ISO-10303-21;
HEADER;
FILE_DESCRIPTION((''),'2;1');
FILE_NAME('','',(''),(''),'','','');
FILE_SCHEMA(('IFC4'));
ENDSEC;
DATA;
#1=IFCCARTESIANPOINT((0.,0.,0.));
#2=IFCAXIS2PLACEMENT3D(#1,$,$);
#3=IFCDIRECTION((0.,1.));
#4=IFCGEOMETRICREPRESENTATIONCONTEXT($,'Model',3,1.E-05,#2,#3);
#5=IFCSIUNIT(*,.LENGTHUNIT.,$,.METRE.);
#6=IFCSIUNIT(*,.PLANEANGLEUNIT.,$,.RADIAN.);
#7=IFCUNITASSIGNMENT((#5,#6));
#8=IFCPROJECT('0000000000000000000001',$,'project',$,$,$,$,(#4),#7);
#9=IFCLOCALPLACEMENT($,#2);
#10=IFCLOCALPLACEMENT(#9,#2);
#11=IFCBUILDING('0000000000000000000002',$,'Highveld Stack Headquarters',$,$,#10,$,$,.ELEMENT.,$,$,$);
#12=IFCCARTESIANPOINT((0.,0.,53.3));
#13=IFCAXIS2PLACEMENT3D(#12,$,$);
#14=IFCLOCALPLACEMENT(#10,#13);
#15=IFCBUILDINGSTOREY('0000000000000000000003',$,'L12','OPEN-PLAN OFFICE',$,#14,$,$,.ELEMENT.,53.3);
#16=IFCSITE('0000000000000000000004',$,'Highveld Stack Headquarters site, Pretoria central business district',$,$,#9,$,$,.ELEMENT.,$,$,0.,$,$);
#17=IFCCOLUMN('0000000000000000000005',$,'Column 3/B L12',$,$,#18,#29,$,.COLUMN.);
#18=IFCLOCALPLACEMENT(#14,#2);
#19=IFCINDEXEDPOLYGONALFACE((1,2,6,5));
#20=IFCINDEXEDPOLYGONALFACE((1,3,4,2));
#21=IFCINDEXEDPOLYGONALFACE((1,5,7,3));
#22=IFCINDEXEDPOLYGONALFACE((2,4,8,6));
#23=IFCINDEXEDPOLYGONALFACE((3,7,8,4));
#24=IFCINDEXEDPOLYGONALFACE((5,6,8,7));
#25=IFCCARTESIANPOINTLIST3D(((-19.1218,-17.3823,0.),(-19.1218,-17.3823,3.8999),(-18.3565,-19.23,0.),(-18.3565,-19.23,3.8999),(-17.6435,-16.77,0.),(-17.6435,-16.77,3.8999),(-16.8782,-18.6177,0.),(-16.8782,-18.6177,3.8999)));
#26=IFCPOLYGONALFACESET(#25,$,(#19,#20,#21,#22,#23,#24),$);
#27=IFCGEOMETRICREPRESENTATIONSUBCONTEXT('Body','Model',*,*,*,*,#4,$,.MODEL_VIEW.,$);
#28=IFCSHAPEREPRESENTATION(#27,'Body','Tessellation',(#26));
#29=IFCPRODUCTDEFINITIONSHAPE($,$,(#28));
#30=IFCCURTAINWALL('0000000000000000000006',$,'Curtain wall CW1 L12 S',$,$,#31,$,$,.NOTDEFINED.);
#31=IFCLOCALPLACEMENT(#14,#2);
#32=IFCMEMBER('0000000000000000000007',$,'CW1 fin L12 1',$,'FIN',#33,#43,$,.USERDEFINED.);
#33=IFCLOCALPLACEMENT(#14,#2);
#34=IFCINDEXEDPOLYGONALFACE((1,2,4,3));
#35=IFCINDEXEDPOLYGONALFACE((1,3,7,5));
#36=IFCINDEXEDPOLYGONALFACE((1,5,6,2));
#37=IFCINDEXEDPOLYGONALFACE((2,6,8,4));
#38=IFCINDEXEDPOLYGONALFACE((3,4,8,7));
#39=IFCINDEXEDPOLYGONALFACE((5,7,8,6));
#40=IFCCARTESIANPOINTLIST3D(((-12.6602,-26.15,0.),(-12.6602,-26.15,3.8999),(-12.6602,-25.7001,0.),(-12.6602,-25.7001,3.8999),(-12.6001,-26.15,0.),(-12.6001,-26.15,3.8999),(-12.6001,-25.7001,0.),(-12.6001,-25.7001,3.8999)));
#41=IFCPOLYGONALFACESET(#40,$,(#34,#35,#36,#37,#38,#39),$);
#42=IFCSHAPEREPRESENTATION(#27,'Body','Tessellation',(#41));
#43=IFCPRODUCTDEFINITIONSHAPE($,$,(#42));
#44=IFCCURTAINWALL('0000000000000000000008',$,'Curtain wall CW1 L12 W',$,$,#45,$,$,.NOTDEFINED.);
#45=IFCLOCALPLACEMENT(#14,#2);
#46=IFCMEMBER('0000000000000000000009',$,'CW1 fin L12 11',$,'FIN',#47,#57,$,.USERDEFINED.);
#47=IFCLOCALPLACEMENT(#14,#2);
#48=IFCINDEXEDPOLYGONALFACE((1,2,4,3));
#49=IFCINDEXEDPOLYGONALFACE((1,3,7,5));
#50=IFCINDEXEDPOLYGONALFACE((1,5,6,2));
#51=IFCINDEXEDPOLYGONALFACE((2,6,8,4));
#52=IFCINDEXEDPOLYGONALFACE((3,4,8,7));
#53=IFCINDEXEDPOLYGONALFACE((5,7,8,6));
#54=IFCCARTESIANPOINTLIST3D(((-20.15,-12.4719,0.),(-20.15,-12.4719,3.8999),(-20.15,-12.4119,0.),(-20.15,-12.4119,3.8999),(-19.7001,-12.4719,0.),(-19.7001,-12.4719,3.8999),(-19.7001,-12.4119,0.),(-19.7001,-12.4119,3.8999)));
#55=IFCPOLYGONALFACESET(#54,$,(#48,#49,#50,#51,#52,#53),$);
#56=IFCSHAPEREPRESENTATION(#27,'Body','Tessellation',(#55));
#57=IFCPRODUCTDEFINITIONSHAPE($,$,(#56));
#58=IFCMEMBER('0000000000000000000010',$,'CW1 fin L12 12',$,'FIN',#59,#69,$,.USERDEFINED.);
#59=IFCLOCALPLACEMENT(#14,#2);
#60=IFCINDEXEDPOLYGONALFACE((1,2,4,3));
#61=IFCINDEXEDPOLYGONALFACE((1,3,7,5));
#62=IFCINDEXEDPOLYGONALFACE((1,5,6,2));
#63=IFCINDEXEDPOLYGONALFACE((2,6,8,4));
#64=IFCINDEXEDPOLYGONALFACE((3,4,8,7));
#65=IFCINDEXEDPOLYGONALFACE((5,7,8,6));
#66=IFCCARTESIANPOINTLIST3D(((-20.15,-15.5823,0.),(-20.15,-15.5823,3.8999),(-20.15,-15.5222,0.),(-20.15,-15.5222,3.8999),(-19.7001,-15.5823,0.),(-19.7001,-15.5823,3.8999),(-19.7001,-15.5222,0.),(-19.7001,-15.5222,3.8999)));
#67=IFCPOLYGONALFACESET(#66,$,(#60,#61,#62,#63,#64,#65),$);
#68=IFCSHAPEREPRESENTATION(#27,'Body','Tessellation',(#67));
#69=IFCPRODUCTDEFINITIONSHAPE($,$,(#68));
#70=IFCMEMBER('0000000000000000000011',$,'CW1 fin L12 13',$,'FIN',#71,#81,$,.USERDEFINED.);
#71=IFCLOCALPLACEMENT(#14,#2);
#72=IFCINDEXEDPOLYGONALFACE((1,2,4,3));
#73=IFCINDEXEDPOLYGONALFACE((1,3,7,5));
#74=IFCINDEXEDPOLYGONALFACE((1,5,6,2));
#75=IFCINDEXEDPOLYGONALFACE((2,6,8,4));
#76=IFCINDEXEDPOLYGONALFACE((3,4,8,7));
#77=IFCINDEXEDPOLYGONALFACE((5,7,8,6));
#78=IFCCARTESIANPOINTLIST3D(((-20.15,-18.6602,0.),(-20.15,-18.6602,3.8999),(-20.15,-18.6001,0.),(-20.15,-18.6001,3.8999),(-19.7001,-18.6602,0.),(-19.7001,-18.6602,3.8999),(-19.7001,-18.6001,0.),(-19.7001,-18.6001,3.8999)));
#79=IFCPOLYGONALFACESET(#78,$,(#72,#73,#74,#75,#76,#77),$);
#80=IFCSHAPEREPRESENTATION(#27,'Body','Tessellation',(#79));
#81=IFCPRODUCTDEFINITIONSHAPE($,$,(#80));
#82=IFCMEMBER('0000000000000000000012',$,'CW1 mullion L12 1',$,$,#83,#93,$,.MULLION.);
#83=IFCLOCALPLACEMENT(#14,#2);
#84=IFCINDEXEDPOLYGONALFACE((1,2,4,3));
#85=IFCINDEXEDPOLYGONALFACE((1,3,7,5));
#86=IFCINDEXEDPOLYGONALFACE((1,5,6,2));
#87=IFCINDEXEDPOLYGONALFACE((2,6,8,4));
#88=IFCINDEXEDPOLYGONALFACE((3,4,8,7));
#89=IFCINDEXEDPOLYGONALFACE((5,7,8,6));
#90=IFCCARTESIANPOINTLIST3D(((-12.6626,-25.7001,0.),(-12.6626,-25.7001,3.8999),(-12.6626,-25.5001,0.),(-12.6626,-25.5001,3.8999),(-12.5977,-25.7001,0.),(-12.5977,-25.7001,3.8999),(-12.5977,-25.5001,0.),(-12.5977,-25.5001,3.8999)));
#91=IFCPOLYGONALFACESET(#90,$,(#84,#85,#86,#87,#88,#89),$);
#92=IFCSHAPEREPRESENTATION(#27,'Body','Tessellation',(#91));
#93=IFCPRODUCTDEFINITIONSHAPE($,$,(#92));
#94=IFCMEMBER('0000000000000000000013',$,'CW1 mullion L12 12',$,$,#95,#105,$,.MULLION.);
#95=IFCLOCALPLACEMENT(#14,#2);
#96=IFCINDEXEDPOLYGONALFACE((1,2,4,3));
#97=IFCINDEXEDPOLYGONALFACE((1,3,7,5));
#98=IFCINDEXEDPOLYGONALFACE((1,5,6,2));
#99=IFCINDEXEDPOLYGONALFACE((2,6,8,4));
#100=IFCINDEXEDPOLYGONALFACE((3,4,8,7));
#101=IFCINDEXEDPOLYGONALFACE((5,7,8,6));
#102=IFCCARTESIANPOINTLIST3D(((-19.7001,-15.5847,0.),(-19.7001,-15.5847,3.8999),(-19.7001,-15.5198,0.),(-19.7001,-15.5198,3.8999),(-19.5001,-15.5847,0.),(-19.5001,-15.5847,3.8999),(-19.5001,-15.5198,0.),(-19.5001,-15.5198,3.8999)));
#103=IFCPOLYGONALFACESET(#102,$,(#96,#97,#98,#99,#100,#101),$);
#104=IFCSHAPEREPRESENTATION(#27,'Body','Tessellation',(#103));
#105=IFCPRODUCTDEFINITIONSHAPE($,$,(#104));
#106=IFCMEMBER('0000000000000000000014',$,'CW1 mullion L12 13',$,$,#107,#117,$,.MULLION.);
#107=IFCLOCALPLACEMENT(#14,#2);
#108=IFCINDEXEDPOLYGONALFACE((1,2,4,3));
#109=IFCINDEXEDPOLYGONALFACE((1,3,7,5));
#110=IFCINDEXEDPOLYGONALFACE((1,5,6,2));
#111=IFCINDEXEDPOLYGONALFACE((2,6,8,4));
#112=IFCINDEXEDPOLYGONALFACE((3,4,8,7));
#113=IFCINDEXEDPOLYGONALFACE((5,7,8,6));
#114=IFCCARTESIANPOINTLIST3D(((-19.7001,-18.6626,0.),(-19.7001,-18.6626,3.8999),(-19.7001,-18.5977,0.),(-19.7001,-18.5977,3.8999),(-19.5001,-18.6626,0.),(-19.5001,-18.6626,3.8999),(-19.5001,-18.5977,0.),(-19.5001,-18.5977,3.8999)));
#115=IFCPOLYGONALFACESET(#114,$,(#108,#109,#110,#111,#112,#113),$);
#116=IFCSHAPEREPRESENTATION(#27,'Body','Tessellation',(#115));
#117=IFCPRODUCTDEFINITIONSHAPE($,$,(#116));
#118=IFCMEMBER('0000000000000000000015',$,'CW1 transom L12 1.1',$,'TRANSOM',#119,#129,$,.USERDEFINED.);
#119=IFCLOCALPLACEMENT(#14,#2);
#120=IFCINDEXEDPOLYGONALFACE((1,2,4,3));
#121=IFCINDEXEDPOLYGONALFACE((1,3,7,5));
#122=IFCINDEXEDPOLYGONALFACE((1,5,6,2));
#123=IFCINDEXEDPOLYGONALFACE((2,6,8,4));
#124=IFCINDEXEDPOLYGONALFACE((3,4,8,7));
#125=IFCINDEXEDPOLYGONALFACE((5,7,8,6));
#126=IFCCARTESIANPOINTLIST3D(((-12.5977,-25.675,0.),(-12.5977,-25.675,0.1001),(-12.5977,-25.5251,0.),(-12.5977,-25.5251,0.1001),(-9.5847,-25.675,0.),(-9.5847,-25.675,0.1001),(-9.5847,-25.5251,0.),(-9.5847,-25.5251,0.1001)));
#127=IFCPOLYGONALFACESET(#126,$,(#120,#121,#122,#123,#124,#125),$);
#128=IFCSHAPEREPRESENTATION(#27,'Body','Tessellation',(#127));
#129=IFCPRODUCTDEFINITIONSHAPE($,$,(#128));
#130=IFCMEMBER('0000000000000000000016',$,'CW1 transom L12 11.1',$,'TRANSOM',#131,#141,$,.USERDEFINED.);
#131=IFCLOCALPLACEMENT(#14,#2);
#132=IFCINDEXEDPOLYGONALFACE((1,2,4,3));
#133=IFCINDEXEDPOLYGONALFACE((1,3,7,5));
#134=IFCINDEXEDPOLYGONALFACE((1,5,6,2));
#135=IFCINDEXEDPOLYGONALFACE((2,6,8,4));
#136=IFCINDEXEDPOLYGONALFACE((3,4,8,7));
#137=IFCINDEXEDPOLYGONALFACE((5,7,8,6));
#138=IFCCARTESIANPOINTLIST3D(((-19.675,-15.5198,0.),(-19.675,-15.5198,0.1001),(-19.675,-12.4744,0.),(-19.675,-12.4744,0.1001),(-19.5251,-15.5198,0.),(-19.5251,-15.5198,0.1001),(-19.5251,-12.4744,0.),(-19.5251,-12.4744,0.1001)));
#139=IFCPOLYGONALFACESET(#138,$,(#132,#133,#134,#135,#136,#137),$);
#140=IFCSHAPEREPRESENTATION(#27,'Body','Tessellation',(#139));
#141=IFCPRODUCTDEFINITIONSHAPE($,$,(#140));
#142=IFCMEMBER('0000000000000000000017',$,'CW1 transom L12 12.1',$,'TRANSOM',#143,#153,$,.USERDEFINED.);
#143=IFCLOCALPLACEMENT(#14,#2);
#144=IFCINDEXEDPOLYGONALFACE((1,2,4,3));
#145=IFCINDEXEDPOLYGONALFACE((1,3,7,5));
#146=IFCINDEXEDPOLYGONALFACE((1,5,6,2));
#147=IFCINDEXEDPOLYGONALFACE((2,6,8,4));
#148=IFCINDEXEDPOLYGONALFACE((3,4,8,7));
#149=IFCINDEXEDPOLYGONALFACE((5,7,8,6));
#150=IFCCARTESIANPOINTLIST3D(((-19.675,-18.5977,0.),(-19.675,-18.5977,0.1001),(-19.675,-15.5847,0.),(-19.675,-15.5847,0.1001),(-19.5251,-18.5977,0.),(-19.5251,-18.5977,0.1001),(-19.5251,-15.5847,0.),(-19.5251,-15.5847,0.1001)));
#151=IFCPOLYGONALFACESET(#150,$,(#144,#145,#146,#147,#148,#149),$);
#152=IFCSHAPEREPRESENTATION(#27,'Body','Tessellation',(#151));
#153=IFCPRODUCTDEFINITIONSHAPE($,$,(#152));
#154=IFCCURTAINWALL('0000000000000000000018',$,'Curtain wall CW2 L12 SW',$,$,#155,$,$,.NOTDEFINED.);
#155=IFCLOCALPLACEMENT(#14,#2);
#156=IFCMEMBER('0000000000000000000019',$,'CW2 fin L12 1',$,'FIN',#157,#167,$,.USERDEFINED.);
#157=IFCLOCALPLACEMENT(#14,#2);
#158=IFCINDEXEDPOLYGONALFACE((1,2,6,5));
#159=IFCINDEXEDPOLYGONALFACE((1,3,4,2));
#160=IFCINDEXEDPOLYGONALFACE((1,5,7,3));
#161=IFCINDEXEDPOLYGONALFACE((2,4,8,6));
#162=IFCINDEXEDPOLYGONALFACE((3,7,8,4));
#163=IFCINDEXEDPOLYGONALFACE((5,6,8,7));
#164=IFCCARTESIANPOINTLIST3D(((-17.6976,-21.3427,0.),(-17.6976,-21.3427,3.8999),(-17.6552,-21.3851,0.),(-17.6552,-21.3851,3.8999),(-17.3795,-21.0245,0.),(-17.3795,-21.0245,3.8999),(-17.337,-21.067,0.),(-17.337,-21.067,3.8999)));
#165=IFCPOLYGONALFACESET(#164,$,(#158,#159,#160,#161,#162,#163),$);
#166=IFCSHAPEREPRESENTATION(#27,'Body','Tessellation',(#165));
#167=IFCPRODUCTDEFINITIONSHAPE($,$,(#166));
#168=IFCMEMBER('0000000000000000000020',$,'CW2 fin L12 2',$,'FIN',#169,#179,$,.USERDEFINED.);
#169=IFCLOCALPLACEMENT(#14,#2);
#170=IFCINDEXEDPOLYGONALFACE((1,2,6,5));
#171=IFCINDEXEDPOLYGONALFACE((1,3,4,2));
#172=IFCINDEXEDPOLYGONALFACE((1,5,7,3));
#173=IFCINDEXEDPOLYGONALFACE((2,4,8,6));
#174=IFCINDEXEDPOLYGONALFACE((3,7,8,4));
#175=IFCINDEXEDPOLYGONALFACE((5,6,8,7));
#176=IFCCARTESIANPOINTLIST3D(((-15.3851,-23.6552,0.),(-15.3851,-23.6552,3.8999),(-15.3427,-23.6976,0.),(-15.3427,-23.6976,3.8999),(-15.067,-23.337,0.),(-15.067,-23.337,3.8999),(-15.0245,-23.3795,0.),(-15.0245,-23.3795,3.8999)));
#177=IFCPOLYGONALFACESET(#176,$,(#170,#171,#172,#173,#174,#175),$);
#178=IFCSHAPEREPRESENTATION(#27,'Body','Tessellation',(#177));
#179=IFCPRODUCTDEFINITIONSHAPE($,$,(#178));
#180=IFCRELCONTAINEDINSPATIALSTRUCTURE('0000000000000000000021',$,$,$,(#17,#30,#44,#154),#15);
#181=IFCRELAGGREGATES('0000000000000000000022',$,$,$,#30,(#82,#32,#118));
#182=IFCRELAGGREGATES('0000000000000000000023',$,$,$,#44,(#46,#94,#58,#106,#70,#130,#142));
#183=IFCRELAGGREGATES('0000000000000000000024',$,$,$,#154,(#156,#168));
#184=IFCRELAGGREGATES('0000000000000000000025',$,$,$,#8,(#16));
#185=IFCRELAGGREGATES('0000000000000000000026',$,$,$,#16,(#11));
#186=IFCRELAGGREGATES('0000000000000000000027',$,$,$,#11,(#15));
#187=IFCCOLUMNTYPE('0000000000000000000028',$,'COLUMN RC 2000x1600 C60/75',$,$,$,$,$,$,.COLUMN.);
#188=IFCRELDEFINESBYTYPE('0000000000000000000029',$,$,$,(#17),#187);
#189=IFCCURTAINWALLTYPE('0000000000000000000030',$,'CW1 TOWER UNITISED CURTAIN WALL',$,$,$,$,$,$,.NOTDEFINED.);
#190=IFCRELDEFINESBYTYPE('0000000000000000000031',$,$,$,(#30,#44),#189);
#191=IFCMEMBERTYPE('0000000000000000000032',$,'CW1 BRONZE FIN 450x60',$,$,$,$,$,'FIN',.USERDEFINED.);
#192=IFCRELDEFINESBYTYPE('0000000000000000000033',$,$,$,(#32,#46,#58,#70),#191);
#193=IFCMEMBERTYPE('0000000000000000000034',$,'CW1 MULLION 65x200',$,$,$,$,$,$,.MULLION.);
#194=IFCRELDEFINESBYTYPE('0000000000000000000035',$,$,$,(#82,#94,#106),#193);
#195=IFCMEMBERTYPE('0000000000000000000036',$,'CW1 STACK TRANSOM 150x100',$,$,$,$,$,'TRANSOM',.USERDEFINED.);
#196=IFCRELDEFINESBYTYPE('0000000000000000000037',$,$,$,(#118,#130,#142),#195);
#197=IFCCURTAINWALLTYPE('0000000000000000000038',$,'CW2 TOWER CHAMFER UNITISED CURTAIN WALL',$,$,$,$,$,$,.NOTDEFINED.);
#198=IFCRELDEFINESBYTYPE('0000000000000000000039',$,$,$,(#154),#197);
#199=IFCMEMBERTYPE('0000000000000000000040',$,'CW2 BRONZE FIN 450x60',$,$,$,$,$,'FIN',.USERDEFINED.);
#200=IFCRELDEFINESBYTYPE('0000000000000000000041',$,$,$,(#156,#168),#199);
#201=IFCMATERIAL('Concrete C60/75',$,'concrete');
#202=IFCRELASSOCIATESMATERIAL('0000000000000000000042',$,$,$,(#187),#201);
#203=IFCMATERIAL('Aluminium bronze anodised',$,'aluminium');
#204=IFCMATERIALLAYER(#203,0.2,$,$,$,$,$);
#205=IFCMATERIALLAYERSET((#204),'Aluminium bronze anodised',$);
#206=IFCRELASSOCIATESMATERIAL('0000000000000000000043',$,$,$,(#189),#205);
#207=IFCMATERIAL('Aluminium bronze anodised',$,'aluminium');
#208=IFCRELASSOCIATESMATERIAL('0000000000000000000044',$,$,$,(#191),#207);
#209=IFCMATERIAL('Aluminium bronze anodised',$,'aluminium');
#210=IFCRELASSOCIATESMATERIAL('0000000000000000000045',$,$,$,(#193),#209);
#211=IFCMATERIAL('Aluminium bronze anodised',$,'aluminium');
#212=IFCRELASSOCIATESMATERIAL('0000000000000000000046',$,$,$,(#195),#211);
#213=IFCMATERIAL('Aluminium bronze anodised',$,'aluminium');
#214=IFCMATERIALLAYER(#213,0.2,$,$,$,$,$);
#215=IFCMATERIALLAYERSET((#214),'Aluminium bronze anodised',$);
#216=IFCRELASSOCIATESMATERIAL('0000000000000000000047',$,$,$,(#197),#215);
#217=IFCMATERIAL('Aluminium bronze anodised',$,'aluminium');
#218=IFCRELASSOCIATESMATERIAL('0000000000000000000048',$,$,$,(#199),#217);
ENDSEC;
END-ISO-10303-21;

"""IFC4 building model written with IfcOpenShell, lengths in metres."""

from ifc_helpers import new_model, si_unit, direction, frame, origin, origin_2d, place, context, subcontext, project, spatial, rectangle, extrude, material, layer, layer_set, material_profile, profile_set, type_object, element, aggregate, save


model = new_model("IFC4")

# Units and contexts
model_context = context("Model", 3, precision=1e-05, world=origin(), true_north=direction((0.0, 1.0)))
body_context = subcontext(model_context, "Body", "Model", "MODEL_VIEW")
ifc_project = project(units=[si_unit("LENGTHUNIT", "METRE"), si_unit("PLANEANGLEUNIT", "RADIAN")], contexts=[model_context])

# Site, building, storey
site_placement = place(None, origin())
site = spatial("IfcSite", under=ifc_project, at=site_placement, Name="Highveld Stack Headquarters site, Pretoria central business district", CompositionType="ELEMENT", RefElevation=0.0)
building_placement = place(site_placement, origin())
building = spatial("IfcBuilding", under=site, at=building_placement, Name="Highveld Stack Headquarters", CompositionType="ELEMENT")
storey_placement = place(building_placement, frame((0.0, 0.0, 53.3)))
storey = spatial("IfcBuildingStorey", under=building, at=storey_placement, Name="L12", Description="OPEN-PLAN OFFICE", CompositionType="ELEMENT", Elevation=53.3)

# Column
ifc_material_1 = material(Name="Concrete C60/75", Category="concrete")
ifc_material_profile_1 = material_profile(ifc_material_1, rectangle(XDim=2.0, YDim=1.6001, at=origin_2d()), Name="RC 2000x1600")
ifc_profile_set_1 = profile_set([ifc_material_profile_1], Name="Concrete C60/75")
column_type = type_object("IfcColumnType", Name="COLUMN RC 2000x1600 C60/75", PredefinedType="COLUMN", material=ifc_profile_set_1)
column_placement = place(storey_placement, frame((-18.0, -18.0, 0.0), z_axis=(0.0, 0.0, 1.0), x_axis=(-0.382683, 0.92388, 0.0)))
element("IfcColumn", 1, at=column_placement, inside=storey, type_object=column_type, Name="Column 3/B L12", PredefinedType="COLUMN", context=body_context, shape_type="SweptSolid", body=[
    extrude(rectangle(XDim=2.0, YDim=1.6001, at=origin_2d()), origin(), (0.0, 0.0, 1.0), 3.8999),
])

# Curtain wall, member
ifc_material_2 = material(Name="Aluminium bronze anodised", Category="aluminium")
ifc_layer_1 = layer(ifc_material_2, 0.2)
ifc_layer_set_1 = layer_set([ifc_layer_1], Name="Aluminium bronze anodised")
curtain_wall_type_1 = type_object("IfcCurtainWallType", Name="CW1 TOWER UNITISED CURTAIN WALL", PredefinedType="NOTDEFINED", material=ifc_layer_set_1)
curtain_wall_1_placement = place(storey_placement, origin())
curtain_wall_1 = element("IfcCurtainWall", 2, at=curtain_wall_1_placement, inside=storey, type_object=curtain_wall_type_1, Name="Curtain wall CW1 L12 S", PredefinedType="NOTDEFINED")
ifc_material_3 = material(Name="Aluminium bronze anodised", Category="aluminium")
ifc_material_profile_2 = material_profile(ifc_material_3, rectangle(XDim=0.45, YDim=0.0601, at=origin_2d()), Name="FIN 450x60")
ifc_profile_set_2 = profile_set([ifc_material_profile_2], Name="Aluminium bronze anodised")
member_type_1 = type_object("IfcMemberType", Name="CW1 BRONZE FIN 450x60", ElementType="FIN", PredefinedType="USERDEFINED", material=ifc_profile_set_2)
member_1_placement = place(storey_placement, frame((-12.6301, -25.925, 0.0), z_axis=(0.0, 0.0, 1.0), x_axis=(0.0, 1.0, 0.0)))
member_1 = element("IfcMember", 3, at=member_1_placement, type_object=member_type_1, Name="CW1 fin L12 1", ObjectType="FIN", PredefinedType="USERDEFINED", context=body_context, shape_type="SweptSolid", body=[
    extrude(rectangle(XDim=0.45, YDim=0.0601, at=origin_2d()), origin(), (0.0, 0.0, 1.0), 3.8999),
])

# Curtain wall, members
curtain_wall_2_placement = place(storey_placement, origin())
curtain_wall_2 = element("IfcCurtainWall", 4, at=curtain_wall_2_placement, inside=storey, type_object=curtain_wall_type_1, Name="Curtain wall CW1 L12 W", PredefinedType="NOTDEFINED")
member_2_placement = place(storey_placement, frame((-19.925, -12.4419, 0.0), z_axis=(0.0, 0.0, 1.0), x_axis=(1.0, 0.0, 0.0)))
member_2 = element("IfcMember", 5, at=member_2_placement, type_object=member_type_1, Name="CW1 fin L12 11", ObjectType="FIN", PredefinedType="USERDEFINED", context=body_context, shape_type="SweptSolid", body=[
    extrude(rectangle(XDim=0.45, YDim=0.0601, at=origin_2d()), origin(), (0.0, 0.0, 1.0), 3.8999),
])
member_3_placement = place(storey_placement, frame((-19.925, -15.5522, 0.0), z_axis=(0.0, 0.0, 1.0), x_axis=(1.0, 0.0, 0.0)))
member_3 = element("IfcMember", 6, at=member_3_placement, type_object=member_type_1, Name="CW1 fin L12 12", ObjectType="FIN", PredefinedType="USERDEFINED", context=body_context, shape_type="SweptSolid", body=[
    extrude(rectangle(XDim=0.45, YDim=0.0601, at=origin_2d()), origin(), (0.0, 0.0, 1.0), 3.8999),
])
member_4_placement = place(storey_placement, frame((-19.925, -18.6301, 0.0), z_axis=(0.0, 0.0, 1.0), x_axis=(1.0, 0.0, 0.0)))
member_4 = element("IfcMember", 7, at=member_4_placement, type_object=member_type_1, Name="CW1 fin L12 13", ObjectType="FIN", PredefinedType="USERDEFINED", context=body_context, shape_type="SweptSolid", body=[
    extrude(rectangle(XDim=0.45, YDim=0.0601, at=origin_2d()), origin(), (0.0, 0.0, 1.0), 3.8999),
])

# Members
ifc_material_4 = material(Name="Aluminium bronze anodised", Category="aluminium")
ifc_material_profile_3 = material_profile(ifc_material_4, rectangle(XDim=0.2, YDim=0.0649, at=origin_2d()), Name="CW1 MULLION 65x200")
ifc_profile_set_3 = profile_set([ifc_material_profile_3], Name="Aluminium bronze anodised")
member_type_2 = type_object("IfcMemberType", Name="CW1 MULLION 65x200", PredefinedType="MULLION", material=ifc_profile_set_3)
member_5_placement = place(storey_placement, frame((-12.6301, -25.6001, 0.0), z_axis=(0.0, 0.0, 1.0), x_axis=(0.0, 1.0, 0.0)))
member_5 = element("IfcMember", 8, at=member_5_placement, type_object=member_type_2, Name="CW1 mullion L12 1", PredefinedType="MULLION", context=body_context, shape_type="SweptSolid", body=[
    extrude(rectangle(XDim=0.2, YDim=0.0649, at=origin_2d()), origin(), (0.0, 0.0, 1.0), 3.8999),
])
member_6_placement = place(storey_placement, frame((-19.6001, -15.5522, 0.0), z_axis=(0.0, 0.0, 1.0), x_axis=(1.0, 0.0, 0.0)))
member_6 = element("IfcMember", 9, at=member_6_placement, type_object=member_type_2, Name="CW1 mullion L12 12", PredefinedType="MULLION", context=body_context, shape_type="SweptSolid", body=[
    extrude(rectangle(XDim=0.2, YDim=0.0649, at=origin_2d()), origin(), (0.0, 0.0, 1.0), 3.8999),
])
member_7_placement = place(storey_placement, frame((-19.6001, -18.6301, 0.0), z_axis=(0.0, 0.0, 1.0), x_axis=(1.0, 0.0, 0.0)))
member_7 = element("IfcMember", 10, at=member_7_placement, type_object=member_type_2, Name="CW1 mullion L12 13", PredefinedType="MULLION", context=body_context, shape_type="SweptSolid", body=[
    extrude(rectangle(XDim=0.2, YDim=0.0649, at=origin_2d()), origin(), (0.0, 0.0, 1.0), 3.8999),
])
ifc_material_5 = material(Name="Aluminium bronze anodised", Category="aluminium")
ifc_material_profile_4 = material_profile(ifc_material_5, rectangle(XDim=0.1499, YDim=0.1001, at=origin_2d()), Name="CW1 TRANSOM 150x100")
ifc_profile_set_4 = profile_set([ifc_material_profile_4], Name="Aluminium bronze anodised")
member_type_3 = type_object("IfcMemberType", Name="CW1 STACK TRANSOM 150x100", ElementType="TRANSOM", PredefinedType="USERDEFINED", material=ifc_profile_set_4)
member_8_placement = place(storey_placement, frame((-12.5977, -25.6001, 0.05), z_axis=(1.0, 0.0, 0.0), x_axis=(0.0, 1.0, 0.0)))
member_8 = element("IfcMember", 11, at=member_8_placement, type_object=member_type_3, Name="CW1 transom L12 1.1", ObjectType="TRANSOM", PredefinedType="USERDEFINED", context=body_context, shape_type="SweptSolid", body=[
    extrude(rectangle(XDim=0.1499, YDim=0.1001, at=origin_2d()), origin(), (0.0, 0.0, 1.0), 3.0129),
])
aggregate(curtain_wall_1, [member_5, member_1, member_8])
member_9_placement = place(storey_placement, frame((-19.6001, -12.4744, 0.05), z_axis=(0.0, -1.0, 0.0), x_axis=(1.0, 0.0, 0.0)))
member_9 = element("IfcMember", 12, at=member_9_placement, type_object=member_type_3, Name="CW1 transom L12 11.1", ObjectType="TRANSOM", PredefinedType="USERDEFINED", context=body_context, shape_type="SweptSolid", body=[
    extrude(rectangle(XDim=0.1499, YDim=0.1001, at=origin_2d()), origin(), (0.0, 0.0, 1.0), 3.0454),
])
member_10_placement = place(storey_placement, frame((-19.6001, -15.5847, 0.05), z_axis=(0.0, -1.0, 0.0), x_axis=(1.0, 0.0, 0.0)))
member_10 = element("IfcMember", 13, at=member_10_placement, type_object=member_type_3, Name="CW1 transom L12 12.1", ObjectType="TRANSOM", PredefinedType="USERDEFINED", context=body_context, shape_type="SweptSolid", body=[
    extrude(rectangle(XDim=0.1499, YDim=0.1001, at=origin_2d()), origin(), (0.0, 0.0, 1.0), 3.0129),
])

# Curtain wall, members
ifc_material_6 = material(Name="Aluminium bronze anodised", Category="aluminium")
ifc_layer_2 = layer(ifc_material_6, 0.2)
ifc_layer_set_2 = layer_set([ifc_layer_2], Name="Aluminium bronze anodised")
curtain_wall_type_2 = type_object("IfcCurtainWallType", Name="CW2 TOWER CHAMFER UNITISED CURTAIN WALL", PredefinedType="NOTDEFINED", material=ifc_layer_set_2)
curtain_wall_3_placement = place(storey_placement, origin())
curtain_wall_3 = element("IfcCurtainWall", 14, at=curtain_wall_3_placement, inside=storey, type_object=curtain_wall_type_2, Name="Curtain wall CW2 L12 SW", PredefinedType="NOTDEFINED")
ifc_material_7 = material(Name="Aluminium bronze anodised", Category="aluminium")
ifc_material_profile_5 = material_profile(ifc_material_7, rectangle(XDim=0.45, YDim=0.0601, at=origin_2d()), Name="FIN 450x60")
ifc_profile_set_5 = profile_set([ifc_material_profile_5], Name="Aluminium bronze anodised")
member_type_4 = type_object("IfcMemberType", Name="CW2 BRONZE FIN 450x60", ElementType="FIN", PredefinedType="USERDEFINED", material=ifc_profile_set_5)
member_11_placement = place(storey_placement, frame((-17.5173, -21.2048, 0.0), z_axis=(0.0, 0.0, 1.0), x_axis=(0.707107, 0.707107, 0.0)))
member_11 = element("IfcMember", 15, at=member_11_placement, type_object=member_type_4, Name="CW2 fin L12 1", ObjectType="FIN", PredefinedType="USERDEFINED", context=body_context, shape_type="SweptSolid", body=[
    extrude(rectangle(XDim=0.45, YDim=0.0601, at=origin_2d()), origin(), (0.0, 0.0, 1.0), 3.8999),
])
member_12_placement = place(storey_placement, frame((-15.2048, -23.5173, 0.0), z_axis=(0.0, 0.0, 1.0), x_axis=(0.707107, 0.707107, 0.0)))
member_12 = element("IfcMember", 16, at=member_12_placement, type_object=member_type_4, Name="CW2 fin L12 2", ObjectType="FIN", PredefinedType="USERDEFINED", context=body_context, shape_type="SweptSolid", body=[
    extrude(rectangle(XDim=0.45, YDim=0.0601, at=origin_2d()), origin(), (0.0, 0.0, 1.0), 3.8999),
])

aggregate(curtain_wall_2, [member_2, member_6, member_3, member_7, member_4, member_9, member_10])
aggregate(curtain_wall_3, [member_11, member_12])

save(model, "model.ifc")
